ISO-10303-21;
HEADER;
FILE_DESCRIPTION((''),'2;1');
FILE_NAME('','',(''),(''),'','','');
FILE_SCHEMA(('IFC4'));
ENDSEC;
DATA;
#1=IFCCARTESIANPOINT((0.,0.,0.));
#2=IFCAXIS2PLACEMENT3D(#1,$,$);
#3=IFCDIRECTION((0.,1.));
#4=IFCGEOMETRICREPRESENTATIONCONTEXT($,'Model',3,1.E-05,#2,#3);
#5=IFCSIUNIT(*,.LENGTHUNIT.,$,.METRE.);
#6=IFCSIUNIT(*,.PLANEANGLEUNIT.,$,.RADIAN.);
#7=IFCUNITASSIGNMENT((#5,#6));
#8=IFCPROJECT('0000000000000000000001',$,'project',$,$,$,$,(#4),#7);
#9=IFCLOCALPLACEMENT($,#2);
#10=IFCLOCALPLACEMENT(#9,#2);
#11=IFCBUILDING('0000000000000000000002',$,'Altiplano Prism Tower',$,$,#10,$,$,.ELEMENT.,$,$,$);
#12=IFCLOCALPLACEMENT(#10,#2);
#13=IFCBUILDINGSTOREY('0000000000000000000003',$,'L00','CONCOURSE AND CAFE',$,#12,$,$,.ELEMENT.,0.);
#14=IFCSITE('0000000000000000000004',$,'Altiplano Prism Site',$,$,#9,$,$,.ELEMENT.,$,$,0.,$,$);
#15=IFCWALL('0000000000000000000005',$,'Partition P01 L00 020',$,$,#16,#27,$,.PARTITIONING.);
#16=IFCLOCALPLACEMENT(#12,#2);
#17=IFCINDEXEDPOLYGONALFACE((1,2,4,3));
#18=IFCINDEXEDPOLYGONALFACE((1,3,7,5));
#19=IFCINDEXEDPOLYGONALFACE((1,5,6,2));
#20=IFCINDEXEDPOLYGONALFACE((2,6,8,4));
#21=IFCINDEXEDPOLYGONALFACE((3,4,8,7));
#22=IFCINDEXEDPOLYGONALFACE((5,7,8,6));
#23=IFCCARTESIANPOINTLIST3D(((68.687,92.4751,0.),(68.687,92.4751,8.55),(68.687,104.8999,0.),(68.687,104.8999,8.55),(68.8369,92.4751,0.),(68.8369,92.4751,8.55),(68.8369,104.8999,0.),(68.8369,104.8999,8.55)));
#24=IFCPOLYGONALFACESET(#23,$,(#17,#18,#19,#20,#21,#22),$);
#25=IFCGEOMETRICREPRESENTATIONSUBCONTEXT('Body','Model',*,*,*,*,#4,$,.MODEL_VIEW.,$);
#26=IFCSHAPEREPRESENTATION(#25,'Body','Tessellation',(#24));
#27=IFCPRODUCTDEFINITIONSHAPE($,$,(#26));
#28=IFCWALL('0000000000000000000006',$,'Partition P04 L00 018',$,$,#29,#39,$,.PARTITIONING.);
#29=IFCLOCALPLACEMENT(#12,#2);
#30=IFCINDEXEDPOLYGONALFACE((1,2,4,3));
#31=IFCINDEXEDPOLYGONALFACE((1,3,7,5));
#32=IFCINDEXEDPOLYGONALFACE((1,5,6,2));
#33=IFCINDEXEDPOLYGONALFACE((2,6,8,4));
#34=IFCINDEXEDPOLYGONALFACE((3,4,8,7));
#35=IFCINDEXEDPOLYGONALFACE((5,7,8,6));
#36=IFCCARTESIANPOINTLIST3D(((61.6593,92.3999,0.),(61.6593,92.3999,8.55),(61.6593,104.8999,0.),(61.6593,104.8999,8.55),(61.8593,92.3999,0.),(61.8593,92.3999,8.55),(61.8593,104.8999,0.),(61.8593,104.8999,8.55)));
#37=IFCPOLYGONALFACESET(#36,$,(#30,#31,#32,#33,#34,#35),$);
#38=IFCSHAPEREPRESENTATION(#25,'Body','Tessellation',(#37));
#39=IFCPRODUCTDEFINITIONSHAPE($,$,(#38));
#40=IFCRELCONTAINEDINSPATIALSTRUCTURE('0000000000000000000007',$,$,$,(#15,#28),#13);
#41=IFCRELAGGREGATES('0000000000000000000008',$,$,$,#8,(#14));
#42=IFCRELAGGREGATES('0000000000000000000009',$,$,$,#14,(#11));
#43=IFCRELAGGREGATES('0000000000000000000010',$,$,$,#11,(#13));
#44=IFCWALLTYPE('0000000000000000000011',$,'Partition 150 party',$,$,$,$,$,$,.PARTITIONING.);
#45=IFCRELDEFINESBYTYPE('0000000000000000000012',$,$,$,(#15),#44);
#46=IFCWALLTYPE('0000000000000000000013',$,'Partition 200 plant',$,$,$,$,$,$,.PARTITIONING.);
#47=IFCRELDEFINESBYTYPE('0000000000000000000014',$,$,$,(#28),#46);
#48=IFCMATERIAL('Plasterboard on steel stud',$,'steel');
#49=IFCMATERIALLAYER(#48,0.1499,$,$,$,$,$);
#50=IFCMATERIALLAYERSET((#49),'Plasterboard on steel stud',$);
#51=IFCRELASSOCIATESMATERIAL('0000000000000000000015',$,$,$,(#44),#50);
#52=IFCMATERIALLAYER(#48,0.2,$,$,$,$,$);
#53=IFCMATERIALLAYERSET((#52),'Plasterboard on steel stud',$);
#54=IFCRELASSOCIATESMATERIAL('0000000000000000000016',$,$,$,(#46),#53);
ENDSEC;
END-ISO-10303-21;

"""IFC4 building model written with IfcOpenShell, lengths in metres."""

from ifc_helpers import new_model, si_unit, direction, frame, frame_2d, origin, place, context, subcontext, project, spatial, rectangle, extrude, material, layer, layer_set, type_object, element, save


model = new_model("IFC4")

# Units and contexts
model_context = context("Model", 3, precision=1e-05, world=origin(), true_north=direction((0.0, 1.0)))
body_context = subcontext(model_context, "Body", "Model", "MODEL_VIEW")
ifc_project = project(units=[si_unit("LENGTHUNIT", "METRE"), si_unit("PLANEANGLEUNIT", "RADIAN")], contexts=[model_context])

# Site, building, storey
site_placement = place(None, origin())
site = spatial("IfcSite", under=ifc_project, at=site_placement, Name="Altiplano Prism Site", CompositionType="ELEMENT", RefElevation=0.0)
building_placement = place(site_placement, origin())
building = spatial("IfcBuilding", under=site, at=building_placement, Name="Altiplano Prism Tower", CompositionType="ELEMENT")
storey_placement = place(building_placement, origin())
storey = spatial("IfcBuildingStorey", under=building, at=storey_placement, Name="L00", Description="CONCOURSE AND CAFE", CompositionType="ELEMENT", Elevation=0.0)

# Walls
ifc_material_1 = material(Name="Plasterboard on steel stud", Category="steel")
ifc_layer_1 = layer(ifc_material_1, 0.1499)
ifc_layer_set_1 = layer_set([ifc_layer_1], Name="Plasterboard on steel stud")
wall_type_1 = type_object("IfcWallType", Name="Partition 150 party", PredefinedType="PARTITIONING", material=ifc_layer_set_1)
for number, where, z_axis, x_axis, name in (
    (1, (68.762, 104.8999, 0.0), (0.0, 0.0, 1.0), (0.0, -1.0, 0.0), "Partition P01 L00 020"),
):
    element("IfcWall", number, at=place(storey_placement, frame(where, z_axis=z_axis, x_axis=x_axis)), inside=storey, type_object=wall_type_1, Name=name, PredefinedType="PARTITIONING", context=body_context, shape_type="SweptSolid", body=[
        extrude(rectangle(XDim=12.4248, YDim=0.1499, at=frame_2d((6.2124, 0.0))), origin(), (0.0, 0.0, 1.0), 8.55),
    ])
ifc_layer_2 = layer(ifc_material_1, 0.2)
ifc_layer_set_2 = layer_set([ifc_layer_2], Name="Plasterboard on steel stud")
wall_type_2 = type_object("IfcWallType", Name="Partition 200 plant", PredefinedType="PARTITIONING", material=ifc_layer_set_2)
wall_1_placement = place(storey_placement, frame((61.7593, 104.8999, 0.0), z_axis=(0.0, 0.0, 1.0), x_axis=(0.0, -1.0, 0.0)))
element("IfcWall", 2, at=wall_1_placement, inside=storey, type_object=wall_type_2, Name="Partition P04 L00 018", PredefinedType="PARTITIONING", context=body_context, shape_type="SweptSolid", body=[
    extrude(rectangle(XDim=12.5, YDim=0.2, at=frame_2d((6.25, 0.0))), origin(), (0.0, 0.0, 1.0), 8.55),
])

save(model, "model.ifc")
